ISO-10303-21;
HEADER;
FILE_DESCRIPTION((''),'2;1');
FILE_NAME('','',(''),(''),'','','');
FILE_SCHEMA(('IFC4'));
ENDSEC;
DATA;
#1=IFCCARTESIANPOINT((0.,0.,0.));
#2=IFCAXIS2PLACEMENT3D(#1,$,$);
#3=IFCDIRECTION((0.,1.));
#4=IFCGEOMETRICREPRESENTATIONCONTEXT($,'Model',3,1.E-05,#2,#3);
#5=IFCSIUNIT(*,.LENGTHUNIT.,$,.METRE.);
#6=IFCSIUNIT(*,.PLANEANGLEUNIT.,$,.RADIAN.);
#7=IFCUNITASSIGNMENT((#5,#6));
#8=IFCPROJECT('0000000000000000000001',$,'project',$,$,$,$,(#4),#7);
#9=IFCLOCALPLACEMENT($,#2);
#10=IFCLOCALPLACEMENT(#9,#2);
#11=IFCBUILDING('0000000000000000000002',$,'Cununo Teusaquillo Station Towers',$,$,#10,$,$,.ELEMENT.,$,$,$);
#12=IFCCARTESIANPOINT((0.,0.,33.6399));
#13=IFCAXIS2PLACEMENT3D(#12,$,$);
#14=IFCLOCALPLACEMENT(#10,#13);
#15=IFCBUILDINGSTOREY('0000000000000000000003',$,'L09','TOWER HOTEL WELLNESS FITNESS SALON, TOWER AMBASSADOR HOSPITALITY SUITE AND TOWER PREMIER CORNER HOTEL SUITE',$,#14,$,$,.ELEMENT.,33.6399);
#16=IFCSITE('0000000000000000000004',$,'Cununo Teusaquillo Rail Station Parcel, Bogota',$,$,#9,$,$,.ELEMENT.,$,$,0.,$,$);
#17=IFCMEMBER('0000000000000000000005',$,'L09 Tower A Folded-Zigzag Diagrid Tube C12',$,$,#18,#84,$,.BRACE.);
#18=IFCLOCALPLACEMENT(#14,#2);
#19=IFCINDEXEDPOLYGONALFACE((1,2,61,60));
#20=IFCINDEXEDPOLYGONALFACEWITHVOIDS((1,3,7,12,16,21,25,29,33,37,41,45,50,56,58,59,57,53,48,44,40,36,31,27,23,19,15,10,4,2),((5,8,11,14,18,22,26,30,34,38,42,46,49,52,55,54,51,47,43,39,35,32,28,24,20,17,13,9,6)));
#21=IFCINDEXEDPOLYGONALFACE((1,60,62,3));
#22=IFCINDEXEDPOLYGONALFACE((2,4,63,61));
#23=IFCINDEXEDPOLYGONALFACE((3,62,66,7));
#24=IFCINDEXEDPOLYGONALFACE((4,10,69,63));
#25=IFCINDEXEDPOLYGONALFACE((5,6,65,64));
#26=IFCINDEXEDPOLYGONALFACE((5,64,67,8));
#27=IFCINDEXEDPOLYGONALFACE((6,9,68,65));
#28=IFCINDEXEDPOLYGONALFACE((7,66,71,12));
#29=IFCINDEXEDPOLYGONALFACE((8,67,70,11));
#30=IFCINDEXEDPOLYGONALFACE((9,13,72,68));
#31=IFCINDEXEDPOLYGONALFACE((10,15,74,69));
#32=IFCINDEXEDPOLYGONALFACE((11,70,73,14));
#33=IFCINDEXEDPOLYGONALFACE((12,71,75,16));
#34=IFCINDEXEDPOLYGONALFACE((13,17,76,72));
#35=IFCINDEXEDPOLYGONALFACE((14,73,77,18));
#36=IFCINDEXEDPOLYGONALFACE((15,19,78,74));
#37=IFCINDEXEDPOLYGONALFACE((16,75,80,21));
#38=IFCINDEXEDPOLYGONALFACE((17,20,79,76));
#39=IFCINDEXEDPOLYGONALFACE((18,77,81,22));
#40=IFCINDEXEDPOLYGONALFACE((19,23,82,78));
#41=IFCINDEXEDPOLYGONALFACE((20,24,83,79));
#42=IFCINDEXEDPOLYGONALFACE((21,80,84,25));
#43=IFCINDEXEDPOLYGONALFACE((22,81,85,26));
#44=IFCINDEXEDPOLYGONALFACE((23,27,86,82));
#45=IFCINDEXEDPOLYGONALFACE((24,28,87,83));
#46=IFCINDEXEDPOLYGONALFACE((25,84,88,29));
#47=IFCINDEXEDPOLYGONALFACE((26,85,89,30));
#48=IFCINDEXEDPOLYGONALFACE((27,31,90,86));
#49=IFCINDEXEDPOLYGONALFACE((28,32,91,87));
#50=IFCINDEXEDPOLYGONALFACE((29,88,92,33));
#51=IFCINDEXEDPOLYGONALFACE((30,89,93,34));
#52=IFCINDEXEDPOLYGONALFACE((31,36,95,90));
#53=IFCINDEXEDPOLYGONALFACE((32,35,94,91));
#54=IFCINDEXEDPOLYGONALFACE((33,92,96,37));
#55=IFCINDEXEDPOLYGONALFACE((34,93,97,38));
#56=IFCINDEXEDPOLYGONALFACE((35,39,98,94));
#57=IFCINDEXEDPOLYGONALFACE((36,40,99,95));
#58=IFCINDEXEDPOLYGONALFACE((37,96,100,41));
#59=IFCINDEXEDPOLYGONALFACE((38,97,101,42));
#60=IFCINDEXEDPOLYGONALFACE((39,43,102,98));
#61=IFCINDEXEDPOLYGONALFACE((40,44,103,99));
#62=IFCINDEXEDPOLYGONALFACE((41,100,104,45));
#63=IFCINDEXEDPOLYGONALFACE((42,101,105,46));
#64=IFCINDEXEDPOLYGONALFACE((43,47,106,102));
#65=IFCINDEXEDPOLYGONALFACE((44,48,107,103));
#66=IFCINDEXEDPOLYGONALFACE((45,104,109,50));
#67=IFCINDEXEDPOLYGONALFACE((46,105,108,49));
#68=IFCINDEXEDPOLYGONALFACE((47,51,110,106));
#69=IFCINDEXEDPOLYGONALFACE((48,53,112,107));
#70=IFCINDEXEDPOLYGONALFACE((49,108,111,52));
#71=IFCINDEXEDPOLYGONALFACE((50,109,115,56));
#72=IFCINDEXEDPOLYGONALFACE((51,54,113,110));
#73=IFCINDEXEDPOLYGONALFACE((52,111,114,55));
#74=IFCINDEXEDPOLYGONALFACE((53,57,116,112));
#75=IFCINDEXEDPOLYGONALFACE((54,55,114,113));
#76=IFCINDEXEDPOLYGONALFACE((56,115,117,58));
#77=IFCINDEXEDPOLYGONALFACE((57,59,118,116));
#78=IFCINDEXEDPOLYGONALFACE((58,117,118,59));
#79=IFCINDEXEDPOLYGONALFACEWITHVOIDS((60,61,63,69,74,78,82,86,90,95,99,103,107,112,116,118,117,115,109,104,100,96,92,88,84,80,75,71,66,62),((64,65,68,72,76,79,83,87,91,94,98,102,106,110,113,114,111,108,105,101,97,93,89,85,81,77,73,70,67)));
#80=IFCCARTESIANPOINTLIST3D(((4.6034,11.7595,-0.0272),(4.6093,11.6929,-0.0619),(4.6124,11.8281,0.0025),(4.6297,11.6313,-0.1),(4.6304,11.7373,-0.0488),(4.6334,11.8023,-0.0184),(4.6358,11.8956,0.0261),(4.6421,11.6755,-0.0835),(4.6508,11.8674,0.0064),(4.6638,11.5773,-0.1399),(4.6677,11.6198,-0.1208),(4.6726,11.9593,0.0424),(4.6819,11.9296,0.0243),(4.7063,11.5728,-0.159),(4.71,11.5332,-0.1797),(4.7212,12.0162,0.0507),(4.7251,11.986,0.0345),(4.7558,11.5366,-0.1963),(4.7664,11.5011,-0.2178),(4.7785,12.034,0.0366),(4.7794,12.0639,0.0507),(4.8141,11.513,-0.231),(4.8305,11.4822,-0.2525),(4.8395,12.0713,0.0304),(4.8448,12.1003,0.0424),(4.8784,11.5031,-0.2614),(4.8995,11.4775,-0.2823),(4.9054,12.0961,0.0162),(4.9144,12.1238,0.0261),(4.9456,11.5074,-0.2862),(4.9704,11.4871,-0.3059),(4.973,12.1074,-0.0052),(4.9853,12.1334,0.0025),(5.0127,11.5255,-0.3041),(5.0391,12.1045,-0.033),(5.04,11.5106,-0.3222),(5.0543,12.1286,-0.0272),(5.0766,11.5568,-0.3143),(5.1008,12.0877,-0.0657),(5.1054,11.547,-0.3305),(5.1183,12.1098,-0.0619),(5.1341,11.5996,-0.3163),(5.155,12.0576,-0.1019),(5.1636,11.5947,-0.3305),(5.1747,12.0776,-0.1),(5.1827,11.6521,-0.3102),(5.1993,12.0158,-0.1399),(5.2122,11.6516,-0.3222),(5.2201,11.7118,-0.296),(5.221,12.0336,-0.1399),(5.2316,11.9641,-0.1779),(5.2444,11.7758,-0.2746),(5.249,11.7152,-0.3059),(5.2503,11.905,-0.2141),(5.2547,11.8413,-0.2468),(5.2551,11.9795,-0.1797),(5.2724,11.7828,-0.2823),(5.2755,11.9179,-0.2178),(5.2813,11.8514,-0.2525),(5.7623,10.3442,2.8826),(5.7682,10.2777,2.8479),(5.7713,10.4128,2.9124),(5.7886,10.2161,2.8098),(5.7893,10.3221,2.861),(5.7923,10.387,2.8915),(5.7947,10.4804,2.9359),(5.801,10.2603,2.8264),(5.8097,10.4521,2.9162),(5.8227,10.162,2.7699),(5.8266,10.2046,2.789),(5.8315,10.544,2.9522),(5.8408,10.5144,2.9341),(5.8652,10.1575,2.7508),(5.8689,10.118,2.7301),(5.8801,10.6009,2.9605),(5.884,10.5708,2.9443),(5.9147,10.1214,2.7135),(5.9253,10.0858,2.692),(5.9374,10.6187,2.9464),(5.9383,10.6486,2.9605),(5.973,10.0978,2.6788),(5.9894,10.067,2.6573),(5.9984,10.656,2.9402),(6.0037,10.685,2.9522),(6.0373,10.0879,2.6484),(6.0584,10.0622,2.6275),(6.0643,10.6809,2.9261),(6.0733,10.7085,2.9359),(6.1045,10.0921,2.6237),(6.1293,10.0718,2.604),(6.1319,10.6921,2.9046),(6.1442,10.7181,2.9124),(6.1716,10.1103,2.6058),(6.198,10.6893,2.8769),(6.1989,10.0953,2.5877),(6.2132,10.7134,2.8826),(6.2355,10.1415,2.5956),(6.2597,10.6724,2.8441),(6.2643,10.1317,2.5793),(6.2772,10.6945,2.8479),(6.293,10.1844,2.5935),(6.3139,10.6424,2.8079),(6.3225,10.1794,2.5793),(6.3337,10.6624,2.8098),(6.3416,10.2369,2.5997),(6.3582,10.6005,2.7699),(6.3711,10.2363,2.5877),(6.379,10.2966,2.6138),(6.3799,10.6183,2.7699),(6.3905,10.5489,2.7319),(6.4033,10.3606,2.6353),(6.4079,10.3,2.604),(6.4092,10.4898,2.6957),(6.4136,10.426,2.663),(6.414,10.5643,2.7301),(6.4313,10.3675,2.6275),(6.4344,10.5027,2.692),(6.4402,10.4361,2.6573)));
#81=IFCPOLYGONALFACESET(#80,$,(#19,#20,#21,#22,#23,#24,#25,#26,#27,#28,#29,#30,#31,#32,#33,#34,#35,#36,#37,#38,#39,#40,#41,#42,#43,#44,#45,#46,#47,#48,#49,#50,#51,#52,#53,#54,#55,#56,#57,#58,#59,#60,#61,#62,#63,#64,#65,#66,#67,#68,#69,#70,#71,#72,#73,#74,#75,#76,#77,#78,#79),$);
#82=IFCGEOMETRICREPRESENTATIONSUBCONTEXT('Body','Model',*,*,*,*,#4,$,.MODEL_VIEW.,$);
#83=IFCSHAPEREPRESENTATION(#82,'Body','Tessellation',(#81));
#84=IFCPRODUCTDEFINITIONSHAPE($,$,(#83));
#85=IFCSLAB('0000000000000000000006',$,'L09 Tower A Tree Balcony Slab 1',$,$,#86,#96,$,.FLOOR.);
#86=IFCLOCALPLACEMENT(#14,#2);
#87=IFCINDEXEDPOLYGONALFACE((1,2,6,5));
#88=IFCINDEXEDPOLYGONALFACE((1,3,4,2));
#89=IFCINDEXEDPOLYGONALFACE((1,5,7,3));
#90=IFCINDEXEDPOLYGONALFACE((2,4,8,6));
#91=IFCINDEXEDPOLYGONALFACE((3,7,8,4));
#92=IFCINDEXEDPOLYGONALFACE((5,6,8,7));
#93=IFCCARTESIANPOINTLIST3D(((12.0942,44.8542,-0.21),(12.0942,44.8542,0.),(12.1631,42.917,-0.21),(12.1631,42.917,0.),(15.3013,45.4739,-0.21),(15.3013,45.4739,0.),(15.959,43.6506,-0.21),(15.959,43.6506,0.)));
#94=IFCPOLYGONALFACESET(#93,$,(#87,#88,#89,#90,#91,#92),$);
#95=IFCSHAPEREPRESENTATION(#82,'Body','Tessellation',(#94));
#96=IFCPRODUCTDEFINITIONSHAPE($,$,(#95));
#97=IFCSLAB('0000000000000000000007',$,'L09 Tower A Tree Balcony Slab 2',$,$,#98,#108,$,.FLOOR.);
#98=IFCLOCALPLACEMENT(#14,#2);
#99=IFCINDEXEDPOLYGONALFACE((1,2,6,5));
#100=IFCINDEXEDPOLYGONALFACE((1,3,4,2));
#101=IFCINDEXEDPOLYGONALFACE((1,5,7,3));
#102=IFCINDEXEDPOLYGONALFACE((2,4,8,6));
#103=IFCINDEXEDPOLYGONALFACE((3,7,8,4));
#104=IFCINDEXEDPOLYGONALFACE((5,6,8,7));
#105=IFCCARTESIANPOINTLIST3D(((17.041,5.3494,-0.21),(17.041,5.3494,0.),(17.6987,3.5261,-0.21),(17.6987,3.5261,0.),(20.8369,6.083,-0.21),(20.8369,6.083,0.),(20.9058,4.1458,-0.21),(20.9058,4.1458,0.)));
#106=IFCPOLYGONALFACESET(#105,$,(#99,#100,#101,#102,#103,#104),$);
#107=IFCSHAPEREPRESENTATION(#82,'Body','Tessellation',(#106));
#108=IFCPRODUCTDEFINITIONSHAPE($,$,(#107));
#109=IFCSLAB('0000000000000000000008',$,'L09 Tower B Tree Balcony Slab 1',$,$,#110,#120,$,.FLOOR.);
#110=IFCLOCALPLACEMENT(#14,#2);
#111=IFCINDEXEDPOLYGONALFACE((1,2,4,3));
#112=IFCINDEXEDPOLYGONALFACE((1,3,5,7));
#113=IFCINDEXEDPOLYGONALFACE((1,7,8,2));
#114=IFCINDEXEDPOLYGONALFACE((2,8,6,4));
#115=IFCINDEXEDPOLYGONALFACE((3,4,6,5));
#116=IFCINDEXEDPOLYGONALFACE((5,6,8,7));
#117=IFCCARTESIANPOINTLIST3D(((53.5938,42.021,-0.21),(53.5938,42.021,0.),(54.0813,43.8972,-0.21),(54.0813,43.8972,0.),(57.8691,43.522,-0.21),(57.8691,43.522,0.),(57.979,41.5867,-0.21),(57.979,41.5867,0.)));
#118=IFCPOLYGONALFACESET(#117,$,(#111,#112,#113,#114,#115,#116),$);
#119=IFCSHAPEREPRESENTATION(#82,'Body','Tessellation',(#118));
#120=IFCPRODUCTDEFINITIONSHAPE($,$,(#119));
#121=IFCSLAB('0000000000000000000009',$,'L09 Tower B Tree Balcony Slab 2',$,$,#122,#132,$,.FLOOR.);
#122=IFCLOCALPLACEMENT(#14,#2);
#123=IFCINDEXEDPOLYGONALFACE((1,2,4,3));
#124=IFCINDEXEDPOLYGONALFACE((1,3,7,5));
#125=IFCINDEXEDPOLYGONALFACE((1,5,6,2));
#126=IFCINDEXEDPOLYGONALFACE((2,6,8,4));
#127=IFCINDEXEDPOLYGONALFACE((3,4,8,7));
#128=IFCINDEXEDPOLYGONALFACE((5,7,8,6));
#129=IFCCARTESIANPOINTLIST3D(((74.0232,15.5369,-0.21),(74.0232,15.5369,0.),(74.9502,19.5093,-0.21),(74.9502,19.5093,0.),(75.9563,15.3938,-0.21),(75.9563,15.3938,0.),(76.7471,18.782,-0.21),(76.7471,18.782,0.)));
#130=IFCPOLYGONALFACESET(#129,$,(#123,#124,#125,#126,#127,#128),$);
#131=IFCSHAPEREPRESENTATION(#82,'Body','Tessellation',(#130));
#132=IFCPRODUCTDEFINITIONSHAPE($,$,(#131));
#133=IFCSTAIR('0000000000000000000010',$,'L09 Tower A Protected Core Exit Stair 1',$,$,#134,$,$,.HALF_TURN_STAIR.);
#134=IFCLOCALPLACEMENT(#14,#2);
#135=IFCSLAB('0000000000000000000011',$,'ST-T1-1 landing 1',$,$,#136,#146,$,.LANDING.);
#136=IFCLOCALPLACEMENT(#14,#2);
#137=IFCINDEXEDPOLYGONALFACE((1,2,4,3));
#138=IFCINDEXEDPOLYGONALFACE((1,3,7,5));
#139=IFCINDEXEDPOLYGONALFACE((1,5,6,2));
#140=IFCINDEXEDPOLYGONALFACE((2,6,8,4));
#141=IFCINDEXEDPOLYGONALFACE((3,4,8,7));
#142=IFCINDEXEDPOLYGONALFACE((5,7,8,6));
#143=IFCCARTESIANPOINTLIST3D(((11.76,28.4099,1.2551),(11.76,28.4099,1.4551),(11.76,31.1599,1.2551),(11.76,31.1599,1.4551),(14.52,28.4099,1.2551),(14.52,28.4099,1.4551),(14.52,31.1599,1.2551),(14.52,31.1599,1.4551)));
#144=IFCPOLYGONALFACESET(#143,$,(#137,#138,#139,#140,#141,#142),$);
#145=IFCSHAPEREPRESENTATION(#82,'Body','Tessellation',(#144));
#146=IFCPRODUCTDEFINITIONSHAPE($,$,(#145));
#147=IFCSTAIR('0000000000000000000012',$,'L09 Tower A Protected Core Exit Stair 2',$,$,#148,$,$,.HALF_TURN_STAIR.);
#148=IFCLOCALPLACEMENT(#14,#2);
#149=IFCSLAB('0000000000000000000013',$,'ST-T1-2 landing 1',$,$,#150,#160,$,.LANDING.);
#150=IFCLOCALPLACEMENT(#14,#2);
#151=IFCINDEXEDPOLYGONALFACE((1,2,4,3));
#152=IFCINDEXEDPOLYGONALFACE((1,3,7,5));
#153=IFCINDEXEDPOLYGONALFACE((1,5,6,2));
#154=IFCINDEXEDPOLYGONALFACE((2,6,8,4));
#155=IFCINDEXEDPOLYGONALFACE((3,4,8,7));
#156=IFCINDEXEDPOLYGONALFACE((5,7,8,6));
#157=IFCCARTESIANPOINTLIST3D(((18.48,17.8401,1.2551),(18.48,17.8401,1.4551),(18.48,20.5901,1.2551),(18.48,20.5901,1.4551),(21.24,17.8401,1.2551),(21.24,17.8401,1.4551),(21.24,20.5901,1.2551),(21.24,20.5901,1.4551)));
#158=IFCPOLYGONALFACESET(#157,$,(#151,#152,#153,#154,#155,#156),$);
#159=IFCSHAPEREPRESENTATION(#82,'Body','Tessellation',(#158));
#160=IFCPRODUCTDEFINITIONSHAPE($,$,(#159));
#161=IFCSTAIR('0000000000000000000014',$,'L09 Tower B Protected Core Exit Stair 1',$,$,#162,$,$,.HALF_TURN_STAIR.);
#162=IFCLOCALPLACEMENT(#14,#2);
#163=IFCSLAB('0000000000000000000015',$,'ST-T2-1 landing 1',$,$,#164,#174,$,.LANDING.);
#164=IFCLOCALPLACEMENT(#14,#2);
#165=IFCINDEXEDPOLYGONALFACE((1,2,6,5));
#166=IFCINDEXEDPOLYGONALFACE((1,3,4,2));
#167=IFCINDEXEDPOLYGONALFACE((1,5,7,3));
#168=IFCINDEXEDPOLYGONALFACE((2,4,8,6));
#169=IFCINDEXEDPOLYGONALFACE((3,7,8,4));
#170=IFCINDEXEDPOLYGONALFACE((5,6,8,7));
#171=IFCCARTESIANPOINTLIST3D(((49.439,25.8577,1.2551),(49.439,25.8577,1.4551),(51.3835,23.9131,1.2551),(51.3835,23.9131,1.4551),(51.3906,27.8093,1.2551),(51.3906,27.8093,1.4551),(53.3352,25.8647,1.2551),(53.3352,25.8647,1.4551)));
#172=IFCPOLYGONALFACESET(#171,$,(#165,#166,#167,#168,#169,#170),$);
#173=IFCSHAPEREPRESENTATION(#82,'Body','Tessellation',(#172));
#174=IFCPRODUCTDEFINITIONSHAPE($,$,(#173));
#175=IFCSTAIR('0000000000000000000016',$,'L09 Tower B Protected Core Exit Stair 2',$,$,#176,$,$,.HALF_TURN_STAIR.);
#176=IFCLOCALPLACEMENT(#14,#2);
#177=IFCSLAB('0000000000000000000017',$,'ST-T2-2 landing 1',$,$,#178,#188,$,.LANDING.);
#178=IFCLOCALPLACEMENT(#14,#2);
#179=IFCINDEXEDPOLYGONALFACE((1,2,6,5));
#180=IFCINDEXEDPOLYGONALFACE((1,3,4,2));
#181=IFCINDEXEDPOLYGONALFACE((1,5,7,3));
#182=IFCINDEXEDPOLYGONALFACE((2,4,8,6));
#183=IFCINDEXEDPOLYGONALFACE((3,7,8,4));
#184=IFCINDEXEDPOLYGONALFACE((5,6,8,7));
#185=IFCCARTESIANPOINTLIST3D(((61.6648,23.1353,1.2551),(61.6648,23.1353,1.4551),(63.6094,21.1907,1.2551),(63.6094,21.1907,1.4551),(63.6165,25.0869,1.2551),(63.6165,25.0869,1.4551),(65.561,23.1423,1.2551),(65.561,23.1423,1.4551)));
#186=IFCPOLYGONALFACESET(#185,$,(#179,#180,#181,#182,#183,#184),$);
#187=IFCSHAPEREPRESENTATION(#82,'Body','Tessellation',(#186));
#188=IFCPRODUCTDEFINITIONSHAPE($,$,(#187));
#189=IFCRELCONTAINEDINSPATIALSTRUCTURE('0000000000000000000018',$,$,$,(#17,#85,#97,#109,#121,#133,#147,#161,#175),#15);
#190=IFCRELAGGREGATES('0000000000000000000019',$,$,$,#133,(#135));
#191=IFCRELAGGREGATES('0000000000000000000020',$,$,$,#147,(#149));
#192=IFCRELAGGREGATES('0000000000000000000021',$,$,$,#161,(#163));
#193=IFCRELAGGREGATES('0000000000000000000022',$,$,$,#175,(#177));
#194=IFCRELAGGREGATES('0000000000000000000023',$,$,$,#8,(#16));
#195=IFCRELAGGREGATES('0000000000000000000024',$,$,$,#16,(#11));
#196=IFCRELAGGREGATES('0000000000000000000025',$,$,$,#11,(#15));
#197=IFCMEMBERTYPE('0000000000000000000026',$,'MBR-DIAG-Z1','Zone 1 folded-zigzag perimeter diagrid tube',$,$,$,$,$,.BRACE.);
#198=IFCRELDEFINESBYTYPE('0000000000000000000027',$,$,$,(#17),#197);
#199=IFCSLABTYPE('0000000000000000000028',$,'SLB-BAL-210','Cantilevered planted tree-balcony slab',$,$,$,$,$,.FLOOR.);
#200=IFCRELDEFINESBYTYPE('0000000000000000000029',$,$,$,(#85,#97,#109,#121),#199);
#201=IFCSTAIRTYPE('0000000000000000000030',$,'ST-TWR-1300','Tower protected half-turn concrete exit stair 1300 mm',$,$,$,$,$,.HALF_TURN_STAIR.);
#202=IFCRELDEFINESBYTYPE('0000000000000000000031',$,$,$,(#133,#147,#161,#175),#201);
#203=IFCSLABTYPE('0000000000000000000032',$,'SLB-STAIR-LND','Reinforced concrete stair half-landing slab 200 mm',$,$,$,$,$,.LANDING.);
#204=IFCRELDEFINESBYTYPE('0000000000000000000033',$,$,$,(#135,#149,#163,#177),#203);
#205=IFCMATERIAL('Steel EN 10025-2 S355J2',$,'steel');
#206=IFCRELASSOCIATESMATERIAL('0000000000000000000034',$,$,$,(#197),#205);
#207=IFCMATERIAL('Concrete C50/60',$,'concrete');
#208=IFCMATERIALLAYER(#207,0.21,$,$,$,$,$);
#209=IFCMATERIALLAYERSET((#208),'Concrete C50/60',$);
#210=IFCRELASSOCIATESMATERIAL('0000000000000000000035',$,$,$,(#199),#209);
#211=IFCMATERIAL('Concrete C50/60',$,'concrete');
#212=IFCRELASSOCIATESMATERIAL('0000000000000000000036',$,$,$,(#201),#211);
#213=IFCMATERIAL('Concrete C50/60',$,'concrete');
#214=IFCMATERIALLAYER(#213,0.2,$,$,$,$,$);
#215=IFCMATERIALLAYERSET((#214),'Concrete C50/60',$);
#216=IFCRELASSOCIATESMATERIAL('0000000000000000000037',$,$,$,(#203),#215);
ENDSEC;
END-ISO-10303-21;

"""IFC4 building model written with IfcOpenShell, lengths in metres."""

from ifc_helpers import new_model, si_unit, direction, frame, origin, origin_2d, place, context, subcontext, project, spatial, polyline, hollow_circle, outline, extrude, material, layer, layer_set, material_profile, profile_set, type_object, element, aggregate, save


model = new_model("IFC4")

# Units and contexts
model_context = context("Model", 3, precision=1e-05, world=origin(), true_north=direction((0.0, 1.0)))
body_context = subcontext(model_context, "Body", "Model", "MODEL_VIEW")
ifc_project = project(units=[si_unit("LENGTHUNIT", "METRE"), si_unit("PLANEANGLEUNIT", "RADIAN")], contexts=[model_context])

# Site, building, storey
site_placement = place(None, origin())
site = spatial("IfcSite", under=ifc_project, at=site_placement, Name="Cununo Teusaquillo Rail Station Parcel, Bogota", CompositionType="ELEMENT", RefElevation=0.0)
building_placement = place(site_placement, origin())
building = spatial("IfcBuilding", under=site, at=building_placement, Name="Cununo Teusaquillo Station Towers", CompositionType="ELEMENT")
storey_placement = place(building_placement, frame((0.0, 0.0, 33.6399)))
storey = spatial("IfcBuildingStorey", under=building, at=storey_placement, Name="L09", Description="TOWER HOTEL WELLNESS FITNESS SALON, TOWER AMBASSADOR HOSPITALITY SUITE AND TOWER PREMIER CORNER HOTEL SUITE", CompositionType="ELEMENT", Elevation=33.6399)

# Member
ifc_material_1 = material(Name="Steel EN 10025-2 S355J2", Category="steel")
ifc_material_profile_1 = material_profile(ifc_material_1, hollow_circle(Radius=0.3601, WallThickness=0.0281, at=origin_2d()), Name="CHS 720x28")
ifc_profile_set_1 = profile_set([ifc_material_profile_1], Name="Steel EN 10025-2 S355J2")
member_type = type_object("IfcMemberType", Name="MBR-DIAG-Z1", Description="Zone 1 folded-zigzag perimeter diagrid tube", PredefinedType="BRACE", material=ifc_profile_set_1)
member_placement = place(storey_placement, frame((4.9424, 11.8054, -0.1399), z_axis=(0.337183, -0.411765, 0.846615), x_axis=(0.773696, 0.633558, 0.0)))
element("IfcMember", 1, at=member_placement, inside=storey, type_object=member_type, Name="L09 Tower A Folded-Zigzag Diagrid Tube C12", PredefinedType="BRACE", context=body_context, shape_type="SweptSolid", body=[
    extrude(hollow_circle(Radius=0.3601, WallThickness=0.0281, at=origin_2d()), origin(), (0.0, 0.0, 1.0), 3.437),
])

# Slabs
ifc_material_2 = material(Name="Concrete C50/60", Category="concrete")
ifc_layer_1 = layer(ifc_material_2, 0.21)
ifc_layer_set_1 = layer_set([ifc_layer_1], Name="Concrete C50/60")
slab_type_1 = type_object("IfcSlabType", Name="SLB-BAL-210", Description="Cantilevered planted tree-balcony slab", PredefinedType="FLOOR", material=ifc_layer_set_1)
slab_1_placement = place(storey_placement, frame((0.0, 0.0, -0.21)))
element("IfcSlab", 2, at=slab_1_placement, inside=storey, type_object=slab_type_1, Name="L09 Tower A Tree Balcony Slab 1", PredefinedType="FLOOR", context=body_context, shape_type="SweptSolid", body=[
    extrude(outline(polyline([(15.959, 43.6506), (12.1631, 42.917), (12.0942, 44.8542), (15.3013, 45.4739), (15.959, 43.6506)])), origin(), (0.0, 0.0, 1.0), 0.21),
])
slab_2_placement = place(storey_placement, frame((0.0, 0.0, -0.21)))
element("IfcSlab", 3, at=slab_2_placement, inside=storey, type_object=slab_type_1, Name="L09 Tower A Tree Balcony Slab 2", PredefinedType="FLOOR", context=body_context, shape_type="SweptSolid", body=[
    extrude(outline(polyline([(17.041, 5.3494), (20.8369, 6.083), (20.9058, 4.1458), (17.6987, 3.5261), (17.041, 5.3494)])), origin(), (0.0, 0.0, 1.0), 0.21),
])
slab_3_placement = place(storey_placement, frame((0.0, 0.0, -0.21)))
element("IfcSlab", 4, at=slab_3_placement, inside=storey, type_object=slab_type_1, Name="L09 Tower B Tree Balcony Slab 1", PredefinedType="FLOOR", context=body_context, shape_type="SweptSolid", body=[
    extrude(outline(polyline([(57.979, 41.5867), (53.5938, 42.021), (54.0813, 43.8972), (57.8691, 43.522), (57.979, 41.5867)])), origin(), (0.0, 0.0, 1.0), 0.21),
])
slab_4_placement = place(storey_placement, frame((0.0, 0.0, -0.21)))
element("IfcSlab", 5, at=slab_4_placement, inside=storey, type_object=slab_type_1, Name="L09 Tower B Tree Balcony Slab 2", PredefinedType="FLOOR", context=body_context, shape_type="SweptSolid", body=[
    extrude(outline(polyline([(74.0232, 15.5369), (74.9502, 19.5093), (76.7471, 18.782), (75.9563, 15.3938), (74.0232, 15.5369)])), origin(), (0.0, 0.0, 1.0), 0.21),
])

# Stairs, slabs
ifc_material_3 = material(Name="Concrete C50/60", Category="concrete")
stair_type = type_object("IfcStairType", Name="ST-TWR-1300", Description="Tower protected half-turn concrete exit stair 1300 mm", PredefinedType="HALF_TURN_STAIR", material=ifc_material_3)
stair_1_placement = place(storey_placement, origin())
stair_1 = element("IfcStair", 6, at=stair_1_placement, inside=storey, type_object=stair_type, Name="L09 Tower A Protected Core Exit Stair 1", PredefinedType="HALF_TURN_STAIR")
ifc_material_4 = material(Name="Concrete C50/60", Category="concrete")
ifc_layer_2 = layer(ifc_material_4, 0.2)
ifc_layer_set_2 = layer_set([ifc_layer_2], Name="Concrete C50/60")
slab_type_2 = type_object("IfcSlabType", Name="SLB-STAIR-LND", Description="Reinforced concrete stair half-landing slab 200 mm", PredefinedType="LANDING", material=ifc_layer_set_2)
slab_5_placement = place(storey_placement, frame((0.0, 0.0, 1.2551)))
slab_5 = element("IfcSlab", 7, at=slab_5_placement, type_object=slab_type_2, Name="ST-T1-1 landing 1", PredefinedType="LANDING", context=body_context, shape_type="SweptSolid", body=[
    extrude(outline(polyline([(14.52, 28.4099), (14.52, 31.1599), (11.76, 31.1599), (11.76, 28.4099), (14.52, 28.4099)])), origin(), (0.0, 0.0, 1.0), 0.2),
])
aggregate(stair_1, [slab_5])
stair_2_placement = place(storey_placement, origin())
stair_2 = element("IfcStair", 8, at=stair_2_placement, inside=storey, type_object=stair_type, Name="L09 Tower A Protected Core Exit Stair 2", PredefinedType="HALF_TURN_STAIR")
slab_6_placement = place(storey_placement, frame((0.0, 0.0, 1.2551)))
slab_6 = element("IfcSlab", 9, at=slab_6_placement, type_object=slab_type_2, Name="ST-T1-2 landing 1", PredefinedType="LANDING", context=body_context, shape_type="SweptSolid", body=[
    extrude(outline(polyline([(18.48, 20.5901), (18.48, 17.8401), (21.24, 17.8401), (21.24, 20.5901), (18.48, 20.5901)])), origin(), (0.0, 0.0, 1.0), 0.2),
])
aggregate(stair_2, [slab_6])
stair_3_placement = place(storey_placement, origin())
stair_3 = element("IfcStair", 10, at=stair_3_placement, inside=storey, type_object=stair_type, Name="L09 Tower B Protected Core Exit Stair 1", PredefinedType="HALF_TURN_STAIR")
slab_7_placement = place(storey_placement, frame((0.0, 0.0, 1.2551)))
slab_7 = element("IfcSlab", 11, at=slab_7_placement, type_object=slab_type_2, Name="ST-T2-1 landing 1", PredefinedType="LANDING", context=body_context, shape_type="SweptSolid", body=[
    extrude(outline(polyline([(53.3352, 25.8647), (51.3906, 27.8093), (49.439, 25.8577), (51.3835, 23.9131), (53.3352, 25.8647)])), origin(), (0.0, 0.0, 1.0), 0.2),
])
aggregate(stair_3, [slab_7])
stair_4_placement = place(storey_placement, origin())
stair_4 = element("IfcStair", 12, at=stair_4_placement, inside=storey, type_object=stair_type, Name="L09 Tower B Protected Core Exit Stair 2", PredefinedType="HALF_TURN_STAIR")
slab_8_placement = place(storey_placement, frame((0.0, 0.0, 1.2551)))
slab_8 = element("IfcSlab", 13, at=slab_8_placement, type_object=slab_type_2, Name="ST-T2-2 landing 1", PredefinedType="LANDING", context=body_context, shape_type="SweptSolid", body=[
    extrude(outline(polyline([(61.6648, 23.1353), (63.6094, 21.1907), (65.561, 23.1423), (63.6165, 25.0869), (61.6648, 23.1353)])), origin(), (0.0, 0.0, 1.0), 0.2),
])
aggregate(stair_4, [slab_8])

save(model, "model.ifc")
